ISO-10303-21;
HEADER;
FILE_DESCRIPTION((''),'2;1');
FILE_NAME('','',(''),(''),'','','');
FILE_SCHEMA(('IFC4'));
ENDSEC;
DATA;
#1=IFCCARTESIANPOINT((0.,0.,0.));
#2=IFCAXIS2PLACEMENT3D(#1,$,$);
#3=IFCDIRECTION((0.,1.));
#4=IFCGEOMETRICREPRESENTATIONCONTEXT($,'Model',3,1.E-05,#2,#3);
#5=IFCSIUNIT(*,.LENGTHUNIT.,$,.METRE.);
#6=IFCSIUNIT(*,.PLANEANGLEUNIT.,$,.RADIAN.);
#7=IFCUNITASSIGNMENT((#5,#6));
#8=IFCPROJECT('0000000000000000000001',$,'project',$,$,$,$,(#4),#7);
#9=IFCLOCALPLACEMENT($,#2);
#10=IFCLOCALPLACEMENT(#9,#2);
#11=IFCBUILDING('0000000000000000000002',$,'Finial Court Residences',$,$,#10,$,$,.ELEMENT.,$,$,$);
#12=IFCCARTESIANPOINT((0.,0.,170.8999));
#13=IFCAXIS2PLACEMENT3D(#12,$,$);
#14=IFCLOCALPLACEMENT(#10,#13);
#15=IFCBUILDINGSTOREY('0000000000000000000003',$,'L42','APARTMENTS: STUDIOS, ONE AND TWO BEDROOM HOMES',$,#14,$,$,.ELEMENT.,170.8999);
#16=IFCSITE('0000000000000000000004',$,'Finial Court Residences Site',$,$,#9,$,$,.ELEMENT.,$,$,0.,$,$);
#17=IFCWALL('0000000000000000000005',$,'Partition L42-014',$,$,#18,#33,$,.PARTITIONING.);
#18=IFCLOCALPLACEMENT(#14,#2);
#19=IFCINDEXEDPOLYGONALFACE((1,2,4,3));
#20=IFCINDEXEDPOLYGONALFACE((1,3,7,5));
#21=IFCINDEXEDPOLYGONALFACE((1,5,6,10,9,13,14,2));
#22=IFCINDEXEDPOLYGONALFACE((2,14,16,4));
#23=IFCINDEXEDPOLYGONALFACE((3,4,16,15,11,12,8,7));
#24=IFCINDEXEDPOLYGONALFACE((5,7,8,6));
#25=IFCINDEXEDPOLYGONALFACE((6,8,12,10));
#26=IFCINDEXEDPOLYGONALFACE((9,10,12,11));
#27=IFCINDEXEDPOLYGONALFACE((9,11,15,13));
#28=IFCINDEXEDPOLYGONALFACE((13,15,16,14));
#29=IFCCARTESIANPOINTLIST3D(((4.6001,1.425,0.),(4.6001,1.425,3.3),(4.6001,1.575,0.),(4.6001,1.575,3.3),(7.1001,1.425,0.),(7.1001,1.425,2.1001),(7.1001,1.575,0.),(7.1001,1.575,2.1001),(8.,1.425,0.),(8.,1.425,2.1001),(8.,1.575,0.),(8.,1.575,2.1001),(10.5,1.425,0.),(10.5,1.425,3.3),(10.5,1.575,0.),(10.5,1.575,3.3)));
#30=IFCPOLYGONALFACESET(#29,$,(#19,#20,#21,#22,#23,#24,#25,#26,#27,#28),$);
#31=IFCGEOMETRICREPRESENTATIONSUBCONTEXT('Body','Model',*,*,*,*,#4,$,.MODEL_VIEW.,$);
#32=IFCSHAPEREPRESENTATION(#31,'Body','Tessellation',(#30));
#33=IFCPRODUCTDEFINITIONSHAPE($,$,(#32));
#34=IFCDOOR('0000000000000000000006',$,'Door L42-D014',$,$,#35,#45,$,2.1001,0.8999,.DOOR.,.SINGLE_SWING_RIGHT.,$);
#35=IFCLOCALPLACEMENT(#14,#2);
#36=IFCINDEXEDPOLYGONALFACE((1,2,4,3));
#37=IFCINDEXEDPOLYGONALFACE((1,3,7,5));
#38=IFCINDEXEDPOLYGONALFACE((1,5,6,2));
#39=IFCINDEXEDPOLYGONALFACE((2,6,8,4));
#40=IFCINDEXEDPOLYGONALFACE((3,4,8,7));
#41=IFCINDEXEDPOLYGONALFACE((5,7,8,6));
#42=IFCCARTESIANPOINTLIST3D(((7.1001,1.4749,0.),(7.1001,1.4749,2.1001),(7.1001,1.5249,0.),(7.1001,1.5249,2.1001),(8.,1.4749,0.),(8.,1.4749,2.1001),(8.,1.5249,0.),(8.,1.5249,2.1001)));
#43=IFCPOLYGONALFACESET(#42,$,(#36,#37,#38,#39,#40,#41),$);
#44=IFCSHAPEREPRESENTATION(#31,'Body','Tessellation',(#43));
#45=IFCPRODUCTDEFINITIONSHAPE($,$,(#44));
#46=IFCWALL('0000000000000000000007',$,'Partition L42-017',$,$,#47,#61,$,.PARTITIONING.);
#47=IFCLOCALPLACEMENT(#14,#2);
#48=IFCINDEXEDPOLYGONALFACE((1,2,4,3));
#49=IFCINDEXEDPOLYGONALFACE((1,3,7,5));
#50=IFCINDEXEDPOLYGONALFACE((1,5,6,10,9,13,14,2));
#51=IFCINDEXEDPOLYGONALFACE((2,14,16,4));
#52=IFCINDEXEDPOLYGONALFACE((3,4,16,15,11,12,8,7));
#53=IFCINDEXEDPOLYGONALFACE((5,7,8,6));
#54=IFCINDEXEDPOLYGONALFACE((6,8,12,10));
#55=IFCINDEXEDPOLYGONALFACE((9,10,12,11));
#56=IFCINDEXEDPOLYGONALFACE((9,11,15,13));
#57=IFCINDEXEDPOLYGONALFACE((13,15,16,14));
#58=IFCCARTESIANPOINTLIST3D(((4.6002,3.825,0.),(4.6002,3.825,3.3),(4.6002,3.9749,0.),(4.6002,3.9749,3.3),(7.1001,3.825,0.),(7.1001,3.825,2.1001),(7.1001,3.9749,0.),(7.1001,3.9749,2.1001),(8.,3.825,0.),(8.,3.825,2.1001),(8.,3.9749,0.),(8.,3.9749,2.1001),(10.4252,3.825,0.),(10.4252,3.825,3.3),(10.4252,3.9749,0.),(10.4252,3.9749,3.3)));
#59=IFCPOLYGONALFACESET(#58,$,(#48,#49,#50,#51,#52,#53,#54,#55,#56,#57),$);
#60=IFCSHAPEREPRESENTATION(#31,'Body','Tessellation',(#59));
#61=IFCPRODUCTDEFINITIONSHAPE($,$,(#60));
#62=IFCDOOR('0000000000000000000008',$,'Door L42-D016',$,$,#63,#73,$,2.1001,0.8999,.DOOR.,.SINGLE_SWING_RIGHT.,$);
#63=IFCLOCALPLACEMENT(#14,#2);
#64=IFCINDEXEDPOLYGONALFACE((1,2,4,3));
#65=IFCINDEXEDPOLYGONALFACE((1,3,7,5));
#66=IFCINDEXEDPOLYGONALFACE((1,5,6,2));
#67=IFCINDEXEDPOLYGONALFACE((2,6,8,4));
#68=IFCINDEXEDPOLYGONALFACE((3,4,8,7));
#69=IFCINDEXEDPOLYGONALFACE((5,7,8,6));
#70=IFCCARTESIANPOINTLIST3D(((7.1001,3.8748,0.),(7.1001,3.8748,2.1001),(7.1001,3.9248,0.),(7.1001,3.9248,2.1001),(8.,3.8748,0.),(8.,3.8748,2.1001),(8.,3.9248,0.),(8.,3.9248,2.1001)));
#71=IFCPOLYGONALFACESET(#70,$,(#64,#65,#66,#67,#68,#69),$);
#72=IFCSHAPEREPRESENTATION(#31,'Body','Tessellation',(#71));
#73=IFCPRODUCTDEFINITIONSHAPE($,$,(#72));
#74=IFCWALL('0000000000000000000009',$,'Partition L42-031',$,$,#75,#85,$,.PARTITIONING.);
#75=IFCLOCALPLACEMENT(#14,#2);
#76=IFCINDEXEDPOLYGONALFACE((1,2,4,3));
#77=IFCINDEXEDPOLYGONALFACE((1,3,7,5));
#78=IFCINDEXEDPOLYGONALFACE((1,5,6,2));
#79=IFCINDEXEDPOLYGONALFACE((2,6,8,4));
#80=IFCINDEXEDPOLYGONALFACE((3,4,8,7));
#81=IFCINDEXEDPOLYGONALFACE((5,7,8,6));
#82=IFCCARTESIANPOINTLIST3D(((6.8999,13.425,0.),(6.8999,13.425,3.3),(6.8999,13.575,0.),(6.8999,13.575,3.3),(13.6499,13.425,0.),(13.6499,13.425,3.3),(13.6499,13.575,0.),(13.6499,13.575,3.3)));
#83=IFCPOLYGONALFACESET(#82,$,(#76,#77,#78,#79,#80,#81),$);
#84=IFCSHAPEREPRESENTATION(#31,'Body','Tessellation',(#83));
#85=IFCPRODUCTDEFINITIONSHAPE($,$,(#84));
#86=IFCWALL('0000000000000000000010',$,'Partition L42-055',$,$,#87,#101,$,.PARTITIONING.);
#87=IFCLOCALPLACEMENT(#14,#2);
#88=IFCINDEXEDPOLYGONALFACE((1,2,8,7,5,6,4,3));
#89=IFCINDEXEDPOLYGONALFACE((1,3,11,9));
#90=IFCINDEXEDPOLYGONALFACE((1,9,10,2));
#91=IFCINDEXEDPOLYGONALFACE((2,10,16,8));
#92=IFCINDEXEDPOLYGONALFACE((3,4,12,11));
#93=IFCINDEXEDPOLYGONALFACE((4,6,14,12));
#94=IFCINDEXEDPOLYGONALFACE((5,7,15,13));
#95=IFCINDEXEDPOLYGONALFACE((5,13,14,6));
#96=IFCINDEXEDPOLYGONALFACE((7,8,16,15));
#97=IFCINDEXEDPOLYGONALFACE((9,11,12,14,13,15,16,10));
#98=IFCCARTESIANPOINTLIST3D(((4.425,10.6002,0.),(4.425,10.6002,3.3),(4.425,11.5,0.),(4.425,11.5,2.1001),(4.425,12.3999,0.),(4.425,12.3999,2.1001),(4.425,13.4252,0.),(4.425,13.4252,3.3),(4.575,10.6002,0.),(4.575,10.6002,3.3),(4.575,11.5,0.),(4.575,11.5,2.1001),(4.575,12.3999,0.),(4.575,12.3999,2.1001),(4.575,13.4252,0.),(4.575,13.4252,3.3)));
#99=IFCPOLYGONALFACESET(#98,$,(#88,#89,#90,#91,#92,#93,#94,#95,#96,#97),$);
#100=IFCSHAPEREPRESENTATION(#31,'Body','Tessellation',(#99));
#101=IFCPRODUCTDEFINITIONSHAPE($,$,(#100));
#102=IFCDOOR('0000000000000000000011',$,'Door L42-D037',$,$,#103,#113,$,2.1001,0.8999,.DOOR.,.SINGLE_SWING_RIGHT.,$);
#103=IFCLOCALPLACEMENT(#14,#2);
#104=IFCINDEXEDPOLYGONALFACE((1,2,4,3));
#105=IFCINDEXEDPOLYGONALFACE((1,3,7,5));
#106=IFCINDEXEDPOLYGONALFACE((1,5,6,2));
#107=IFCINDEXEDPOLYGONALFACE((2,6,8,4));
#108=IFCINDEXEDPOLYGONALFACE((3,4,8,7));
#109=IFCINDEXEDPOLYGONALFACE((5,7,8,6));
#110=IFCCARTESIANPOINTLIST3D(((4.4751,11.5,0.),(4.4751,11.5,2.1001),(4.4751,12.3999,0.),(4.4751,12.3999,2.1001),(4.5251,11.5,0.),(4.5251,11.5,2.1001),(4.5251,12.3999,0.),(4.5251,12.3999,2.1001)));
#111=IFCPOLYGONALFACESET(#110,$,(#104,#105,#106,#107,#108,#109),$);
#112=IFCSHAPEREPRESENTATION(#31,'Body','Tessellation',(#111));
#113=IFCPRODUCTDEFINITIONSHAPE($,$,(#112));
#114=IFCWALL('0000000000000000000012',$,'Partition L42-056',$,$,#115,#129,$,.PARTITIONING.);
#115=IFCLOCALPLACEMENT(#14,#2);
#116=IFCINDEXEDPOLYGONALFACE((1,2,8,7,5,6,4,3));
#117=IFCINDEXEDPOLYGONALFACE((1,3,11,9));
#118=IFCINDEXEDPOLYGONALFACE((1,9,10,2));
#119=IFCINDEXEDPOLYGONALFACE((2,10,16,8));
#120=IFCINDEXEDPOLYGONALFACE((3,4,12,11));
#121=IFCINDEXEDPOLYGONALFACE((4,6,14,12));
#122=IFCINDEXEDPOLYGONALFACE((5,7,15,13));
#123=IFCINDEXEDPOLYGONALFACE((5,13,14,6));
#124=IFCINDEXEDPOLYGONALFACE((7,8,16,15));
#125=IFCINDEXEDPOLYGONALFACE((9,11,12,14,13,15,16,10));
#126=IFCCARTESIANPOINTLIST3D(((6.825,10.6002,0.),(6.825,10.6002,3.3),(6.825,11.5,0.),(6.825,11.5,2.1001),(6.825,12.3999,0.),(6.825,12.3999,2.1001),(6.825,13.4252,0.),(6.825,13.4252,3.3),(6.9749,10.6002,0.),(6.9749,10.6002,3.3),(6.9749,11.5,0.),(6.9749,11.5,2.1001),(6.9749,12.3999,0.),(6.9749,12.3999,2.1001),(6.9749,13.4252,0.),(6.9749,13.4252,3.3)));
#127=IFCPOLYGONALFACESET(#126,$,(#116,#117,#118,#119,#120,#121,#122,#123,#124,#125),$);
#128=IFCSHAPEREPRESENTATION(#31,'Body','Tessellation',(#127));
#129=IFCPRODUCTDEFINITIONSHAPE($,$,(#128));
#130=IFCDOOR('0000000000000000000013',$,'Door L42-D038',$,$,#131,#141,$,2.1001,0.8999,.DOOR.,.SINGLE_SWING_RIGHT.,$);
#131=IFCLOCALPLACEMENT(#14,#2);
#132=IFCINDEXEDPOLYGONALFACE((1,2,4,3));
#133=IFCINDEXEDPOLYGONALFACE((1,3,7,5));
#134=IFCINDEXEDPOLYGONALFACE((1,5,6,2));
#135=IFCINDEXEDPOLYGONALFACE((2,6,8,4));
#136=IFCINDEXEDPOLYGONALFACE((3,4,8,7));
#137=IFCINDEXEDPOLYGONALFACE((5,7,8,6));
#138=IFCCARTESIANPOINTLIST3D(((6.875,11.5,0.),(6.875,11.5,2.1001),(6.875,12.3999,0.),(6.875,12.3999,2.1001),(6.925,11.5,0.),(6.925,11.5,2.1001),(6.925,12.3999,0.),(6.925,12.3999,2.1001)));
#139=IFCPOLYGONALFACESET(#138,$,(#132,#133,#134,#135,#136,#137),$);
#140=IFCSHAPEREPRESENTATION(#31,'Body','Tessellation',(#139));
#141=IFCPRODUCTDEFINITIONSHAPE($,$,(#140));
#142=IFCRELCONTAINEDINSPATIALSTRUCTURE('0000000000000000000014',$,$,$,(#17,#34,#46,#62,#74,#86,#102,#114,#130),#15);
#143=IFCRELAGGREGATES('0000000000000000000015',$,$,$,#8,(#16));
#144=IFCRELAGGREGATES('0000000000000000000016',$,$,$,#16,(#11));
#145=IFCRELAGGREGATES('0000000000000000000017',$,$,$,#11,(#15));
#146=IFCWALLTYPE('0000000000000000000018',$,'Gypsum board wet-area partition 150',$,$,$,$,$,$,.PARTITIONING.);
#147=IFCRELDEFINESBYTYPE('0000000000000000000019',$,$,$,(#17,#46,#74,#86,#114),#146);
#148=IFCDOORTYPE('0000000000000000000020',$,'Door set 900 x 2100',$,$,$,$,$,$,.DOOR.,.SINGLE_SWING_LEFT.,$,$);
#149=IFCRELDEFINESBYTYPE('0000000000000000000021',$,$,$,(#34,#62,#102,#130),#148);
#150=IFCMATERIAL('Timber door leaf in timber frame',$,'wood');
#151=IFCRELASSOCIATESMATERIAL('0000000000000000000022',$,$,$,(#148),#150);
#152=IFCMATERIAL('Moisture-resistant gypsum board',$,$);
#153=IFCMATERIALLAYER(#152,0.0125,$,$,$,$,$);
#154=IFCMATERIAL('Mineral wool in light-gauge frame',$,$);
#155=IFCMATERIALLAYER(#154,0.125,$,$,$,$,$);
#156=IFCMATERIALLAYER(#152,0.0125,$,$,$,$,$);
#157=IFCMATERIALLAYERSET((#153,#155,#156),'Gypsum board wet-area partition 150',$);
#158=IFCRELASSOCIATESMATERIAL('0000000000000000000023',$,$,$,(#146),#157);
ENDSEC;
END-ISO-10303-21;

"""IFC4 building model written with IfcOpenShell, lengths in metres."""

from ifc_helpers import new_model, si_unit, direction, frame, frame_2d, origin, place, context, subcontext, project, spatial, rectangle, extrude, material, layer, layer_set, type_object, element, fill, save


model = new_model("IFC4")

# Units and contexts
model_context = context("Model", 3, precision=1e-05, world=origin(), true_north=direction((0.0, 1.0)))
body_context = subcontext(model_context, "Body", "Model", "MODEL_VIEW")
ifc_project = project(units=[si_unit("LENGTHUNIT", "METRE"), si_unit("PLANEANGLEUNIT", "RADIAN")], contexts=[model_context])

# Site, building, storey
site_placement = place(None, origin())
site = spatial("IfcSite", under=ifc_project, at=site_placement, Name="Finial Court Residences Site", CompositionType="ELEMENT", RefElevation=0.0)
building_placement = place(site_placement, origin())
building = spatial("IfcBuilding", under=site, at=building_placement, Name="Finial Court Residences", CompositionType="ELEMENT")
storey_placement = place(building_placement, frame((0.0, 0.0, 170.8999)))
storey = spatial("IfcBuildingStorey", under=building, at=storey_placement, Name="L42", Description="APARTMENTS: STUDIOS, ONE AND TWO BEDROOM HOMES", CompositionType="ELEMENT", Elevation=170.8999)

# Walls, openings, doors
ifc_material_1 = material(Name="Mineral wool in light-gauge frame")
ifc_material_2 = material(Name="Timber door leaf in timber frame", Category="wood")
door_type = type_object("IfcDoorType", Name="Door set 900 x 2100", OperationType="SINGLE_SWING_LEFT", PredefinedType="DOOR", material=ifc_material_2)
ifc_material_3 = material(Name="Moisture-resistant gypsum board")
ifc_layer_1 = layer(ifc_material_3, 0.0125)
ifc_layer_2 = layer(ifc_material_1, 0.125)
ifc_layer_3 = layer(ifc_material_3, 0.0125)
ifc_layer_set_1 = layer_set([ifc_layer_1, ifc_layer_2, ifc_layer_3], Name="Gypsum board wet-area partition 150")
wall_type_1 = type_object("IfcWallType", Name="Gypsum board wet-area partition 150", PredefinedType="PARTITIONING", material=ifc_layer_set_1)
wall_1_placement = place(storey_placement, frame((4.6001, 1.5, 0.0), z_axis=(0.0, 0.0, 1.0), x_axis=(1.0, 0.0, 0.0)))
wall_1 = element("IfcWall", 1, at=wall_1_placement, inside=storey, type_object=wall_type_1, Name="Partition L42-014", PredefinedType="PARTITIONING", context=body_context, shape_type="SweptSolid", body=[
    extrude(rectangle(XDim=5.8999, YDim=0.1499, at=frame_2d((2.95, 0.0))), origin(), (0.0, 0.0, 1.0), 3.3),
])
opening_1_placement = place(wall_1_placement, frame((2.5, 0.0, 0.0)))
opening_1 = element("IfcOpeningElement", 2, at=opening_1_placement, cuts=wall_1, PredefinedType="OPENING", context=body_context, shape_type="SweptSolid", body=[
    extrude(rectangle(XDim=0.8999, YDim=2.1001, at=frame_2d((0.45, 1.05))), frame((0.0, 0.085, 0.0), z_axis=(0.0, -1.0, 0.0), x_axis=(1.0, 0.0, 0.0)), (0.0, 0.0, 1.0), 0.1699),
])
door_1_placement = place(opening_1_placement, origin())
door_1 = element("IfcDoor", 3, at=door_1_placement, inside=storey, type_object=door_type, Name="Door L42-D014", OperationType="SINGLE_SWING_RIGHT", OverallHeight=2.1001, OverallWidth=0.8999, PredefinedType="DOOR", context=body_context, shape_type="SweptSolid", body=[
    extrude(rectangle(XDim=0.8999, YDim=2.1001, at=frame_2d((0.45, 1.05))), frame((0.0, 0.0249, 0.0), z_axis=(0.0, -1.0, 0.0), x_axis=(1.0, 0.0, 0.0)), (0.0, 0.0, 1.0), 0.05),
])
fill(opening_1, door_1)
wall_2_placement = place(storey_placement, frame((4.6001, 3.8999, 0.0), z_axis=(0.0, 0.0, 1.0), x_axis=(1.0, 0.0, 0.0)))
wall_2 = element("IfcWall", 4, at=wall_2_placement, inside=storey, type_object=wall_type_1, Name="Partition L42-017", PredefinedType="PARTITIONING", context=body_context, shape_type="SweptSolid", body=[
    extrude(rectangle(XDim=5.825, YDim=0.1499, at=frame_2d((2.9126, 0.0))), origin(), (0.0, 0.0, 1.0), 3.3),
])
opening_2_placement = place(wall_2_placement, frame((2.5, 0.0, 0.0)))
opening_2 = element("IfcOpeningElement", 5, at=opening_2_placement, cuts=wall_2, PredefinedType="OPENING", context=body_context, shape_type="SweptSolid", body=[
    extrude(rectangle(XDim=0.8999, YDim=2.1001, at=frame_2d((0.45, 1.05))), frame((0.0, 0.085, 0.0), z_axis=(0.0, -1.0, 0.0), x_axis=(1.0, 0.0, 0.0)), (0.0, 0.0, 1.0), 0.1699),
])
door_2_placement = place(opening_2_placement, origin())
door_2 = element("IfcDoor", 6, at=door_2_placement, inside=storey, type_object=door_type, Name="Door L42-D016", OperationType="SINGLE_SWING_RIGHT", OverallHeight=2.1001, OverallWidth=0.8999, PredefinedType="DOOR", context=body_context, shape_type="SweptSolid", body=[
    extrude(rectangle(XDim=0.8999, YDim=2.1001, at=frame_2d((0.45, 1.05))), frame((0.0, 0.0249, 0.0), z_axis=(0.0, -1.0, 0.0), x_axis=(1.0, 0.0, 0.0)), (0.0, 0.0, 1.0), 0.05),
])
fill(opening_2, door_2)

# Wall
wall_3_placement = place(storey_placement, frame((6.8999, 13.5, 0.0), z_axis=(0.0, 0.0, 1.0), x_axis=(1.0, 0.0, 0.0)))
element("IfcWall", 7, at=wall_3_placement, inside=storey, type_object=wall_type_1, Name="Partition L42-031", PredefinedType="PARTITIONING", context=body_context, shape_type="SweptSolid", body=[
    extrude(rectangle(XDim=6.75, YDim=0.1499, at=frame_2d((3.375, 0.0))), origin(), (0.0, 0.0, 1.0), 3.3),
])

# Walls, openings, doors
wall_4_placement = place(storey_placement, frame((4.5, 10.6001, 0.0), z_axis=(0.0, 0.0, 1.0), x_axis=(0.0, 1.0, 0.0)))
wall_4 = element("IfcWall", 8, at=wall_4_placement, inside=storey, type_object=wall_type_1, Name="Partition L42-055", PredefinedType="PARTITIONING", context=body_context, shape_type="SweptSolid", body=[
    extrude(rectangle(XDim=2.825, YDim=0.1499, at=frame_2d((1.4126, 0.0))), origin(), (0.0, 0.0, 1.0), 3.3),
])
opening_3_placement = place(wall_4_placement, frame((0.8999, 0.0, 0.0)))
opening_3 = element("IfcOpeningElement", 9, at=opening_3_placement, cuts=wall_4, PredefinedType="OPENING", context=body_context, shape_type="SweptSolid", body=[
    extrude(rectangle(XDim=0.8999, YDim=2.1001, at=frame_2d((0.45, 1.05))), frame((0.0, 0.085, 0.0), z_axis=(0.0, -1.0, 0.0), x_axis=(1.0, 0.0, 0.0)), (0.0, 0.0, 1.0), 0.1699),
])
door_3_placement = place(opening_3_placement, origin())
door_3 = element("IfcDoor", 10, at=door_3_placement, inside=storey, type_object=door_type, Name="Door L42-D037", OperationType="SINGLE_SWING_RIGHT", OverallHeight=2.1001, OverallWidth=0.8999, PredefinedType="DOOR", context=body_context, shape_type="SweptSolid", body=[
    extrude(rectangle(XDim=0.8999, YDim=2.1001, at=frame_2d((0.45, 1.05))), frame((0.0, 0.0249, 0.0), z_axis=(0.0, -1.0, 0.0), x_axis=(1.0, 0.0, 0.0)), (0.0, 0.0, 1.0), 0.05),
])
fill(opening_3, door_3)
wall_5_placement = place(storey_placement, frame((6.8999, 10.6001, 0.0), z_axis=(0.0, 0.0, 1.0), x_axis=(0.0, 1.0, 0.0)))
wall_5 = element("IfcWall", 11, at=wall_5_placement, inside=storey, type_object=wall_type_1, Name="Partition L42-056", PredefinedType="PARTITIONING", context=body_context, shape_type="SweptSolid", body=[
    extrude(rectangle(XDim=2.825, YDim=0.1499, at=frame_2d((1.4126, 0.0))), origin(), (0.0, 0.0, 1.0), 3.3),
])
opening_4_placement = place(wall_5_placement, frame((0.8999, 0.0, 0.0)))
opening_4 = element("IfcOpeningElement", 12, at=opening_4_placement, cuts=wall_5, PredefinedType="OPENING", context=body_context, shape_type="SweptSolid", body=[
    extrude(rectangle(XDim=0.8999, YDim=2.1001, at=frame_2d((0.45, 1.05))), frame((0.0, 0.085, 0.0), z_axis=(0.0, -1.0, 0.0), x_axis=(1.0, 0.0, 0.0)), (0.0, 0.0, 1.0), 0.1699),
])
door_4_placement = place(opening_4_placement, origin())
door_4 = element("IfcDoor", 13, at=door_4_placement, inside=storey, type_object=door_type, Name="Door L42-D038", OperationType="SINGLE_SWING_RIGHT", OverallHeight=2.1001, OverallWidth=0.8999, PredefinedType="DOOR", context=body_context, shape_type="SweptSolid", body=[
    extrude(rectangle(XDim=0.8999, YDim=2.1001, at=frame_2d((0.45, 1.05))), frame((0.0, 0.0249, 0.0), z_axis=(0.0, -1.0, 0.0), x_axis=(1.0, 0.0, 0.0)), (0.0, 0.0, 1.0), 0.05),
])
fill(opening_4, door_4)

save(model, "model.ifc")
